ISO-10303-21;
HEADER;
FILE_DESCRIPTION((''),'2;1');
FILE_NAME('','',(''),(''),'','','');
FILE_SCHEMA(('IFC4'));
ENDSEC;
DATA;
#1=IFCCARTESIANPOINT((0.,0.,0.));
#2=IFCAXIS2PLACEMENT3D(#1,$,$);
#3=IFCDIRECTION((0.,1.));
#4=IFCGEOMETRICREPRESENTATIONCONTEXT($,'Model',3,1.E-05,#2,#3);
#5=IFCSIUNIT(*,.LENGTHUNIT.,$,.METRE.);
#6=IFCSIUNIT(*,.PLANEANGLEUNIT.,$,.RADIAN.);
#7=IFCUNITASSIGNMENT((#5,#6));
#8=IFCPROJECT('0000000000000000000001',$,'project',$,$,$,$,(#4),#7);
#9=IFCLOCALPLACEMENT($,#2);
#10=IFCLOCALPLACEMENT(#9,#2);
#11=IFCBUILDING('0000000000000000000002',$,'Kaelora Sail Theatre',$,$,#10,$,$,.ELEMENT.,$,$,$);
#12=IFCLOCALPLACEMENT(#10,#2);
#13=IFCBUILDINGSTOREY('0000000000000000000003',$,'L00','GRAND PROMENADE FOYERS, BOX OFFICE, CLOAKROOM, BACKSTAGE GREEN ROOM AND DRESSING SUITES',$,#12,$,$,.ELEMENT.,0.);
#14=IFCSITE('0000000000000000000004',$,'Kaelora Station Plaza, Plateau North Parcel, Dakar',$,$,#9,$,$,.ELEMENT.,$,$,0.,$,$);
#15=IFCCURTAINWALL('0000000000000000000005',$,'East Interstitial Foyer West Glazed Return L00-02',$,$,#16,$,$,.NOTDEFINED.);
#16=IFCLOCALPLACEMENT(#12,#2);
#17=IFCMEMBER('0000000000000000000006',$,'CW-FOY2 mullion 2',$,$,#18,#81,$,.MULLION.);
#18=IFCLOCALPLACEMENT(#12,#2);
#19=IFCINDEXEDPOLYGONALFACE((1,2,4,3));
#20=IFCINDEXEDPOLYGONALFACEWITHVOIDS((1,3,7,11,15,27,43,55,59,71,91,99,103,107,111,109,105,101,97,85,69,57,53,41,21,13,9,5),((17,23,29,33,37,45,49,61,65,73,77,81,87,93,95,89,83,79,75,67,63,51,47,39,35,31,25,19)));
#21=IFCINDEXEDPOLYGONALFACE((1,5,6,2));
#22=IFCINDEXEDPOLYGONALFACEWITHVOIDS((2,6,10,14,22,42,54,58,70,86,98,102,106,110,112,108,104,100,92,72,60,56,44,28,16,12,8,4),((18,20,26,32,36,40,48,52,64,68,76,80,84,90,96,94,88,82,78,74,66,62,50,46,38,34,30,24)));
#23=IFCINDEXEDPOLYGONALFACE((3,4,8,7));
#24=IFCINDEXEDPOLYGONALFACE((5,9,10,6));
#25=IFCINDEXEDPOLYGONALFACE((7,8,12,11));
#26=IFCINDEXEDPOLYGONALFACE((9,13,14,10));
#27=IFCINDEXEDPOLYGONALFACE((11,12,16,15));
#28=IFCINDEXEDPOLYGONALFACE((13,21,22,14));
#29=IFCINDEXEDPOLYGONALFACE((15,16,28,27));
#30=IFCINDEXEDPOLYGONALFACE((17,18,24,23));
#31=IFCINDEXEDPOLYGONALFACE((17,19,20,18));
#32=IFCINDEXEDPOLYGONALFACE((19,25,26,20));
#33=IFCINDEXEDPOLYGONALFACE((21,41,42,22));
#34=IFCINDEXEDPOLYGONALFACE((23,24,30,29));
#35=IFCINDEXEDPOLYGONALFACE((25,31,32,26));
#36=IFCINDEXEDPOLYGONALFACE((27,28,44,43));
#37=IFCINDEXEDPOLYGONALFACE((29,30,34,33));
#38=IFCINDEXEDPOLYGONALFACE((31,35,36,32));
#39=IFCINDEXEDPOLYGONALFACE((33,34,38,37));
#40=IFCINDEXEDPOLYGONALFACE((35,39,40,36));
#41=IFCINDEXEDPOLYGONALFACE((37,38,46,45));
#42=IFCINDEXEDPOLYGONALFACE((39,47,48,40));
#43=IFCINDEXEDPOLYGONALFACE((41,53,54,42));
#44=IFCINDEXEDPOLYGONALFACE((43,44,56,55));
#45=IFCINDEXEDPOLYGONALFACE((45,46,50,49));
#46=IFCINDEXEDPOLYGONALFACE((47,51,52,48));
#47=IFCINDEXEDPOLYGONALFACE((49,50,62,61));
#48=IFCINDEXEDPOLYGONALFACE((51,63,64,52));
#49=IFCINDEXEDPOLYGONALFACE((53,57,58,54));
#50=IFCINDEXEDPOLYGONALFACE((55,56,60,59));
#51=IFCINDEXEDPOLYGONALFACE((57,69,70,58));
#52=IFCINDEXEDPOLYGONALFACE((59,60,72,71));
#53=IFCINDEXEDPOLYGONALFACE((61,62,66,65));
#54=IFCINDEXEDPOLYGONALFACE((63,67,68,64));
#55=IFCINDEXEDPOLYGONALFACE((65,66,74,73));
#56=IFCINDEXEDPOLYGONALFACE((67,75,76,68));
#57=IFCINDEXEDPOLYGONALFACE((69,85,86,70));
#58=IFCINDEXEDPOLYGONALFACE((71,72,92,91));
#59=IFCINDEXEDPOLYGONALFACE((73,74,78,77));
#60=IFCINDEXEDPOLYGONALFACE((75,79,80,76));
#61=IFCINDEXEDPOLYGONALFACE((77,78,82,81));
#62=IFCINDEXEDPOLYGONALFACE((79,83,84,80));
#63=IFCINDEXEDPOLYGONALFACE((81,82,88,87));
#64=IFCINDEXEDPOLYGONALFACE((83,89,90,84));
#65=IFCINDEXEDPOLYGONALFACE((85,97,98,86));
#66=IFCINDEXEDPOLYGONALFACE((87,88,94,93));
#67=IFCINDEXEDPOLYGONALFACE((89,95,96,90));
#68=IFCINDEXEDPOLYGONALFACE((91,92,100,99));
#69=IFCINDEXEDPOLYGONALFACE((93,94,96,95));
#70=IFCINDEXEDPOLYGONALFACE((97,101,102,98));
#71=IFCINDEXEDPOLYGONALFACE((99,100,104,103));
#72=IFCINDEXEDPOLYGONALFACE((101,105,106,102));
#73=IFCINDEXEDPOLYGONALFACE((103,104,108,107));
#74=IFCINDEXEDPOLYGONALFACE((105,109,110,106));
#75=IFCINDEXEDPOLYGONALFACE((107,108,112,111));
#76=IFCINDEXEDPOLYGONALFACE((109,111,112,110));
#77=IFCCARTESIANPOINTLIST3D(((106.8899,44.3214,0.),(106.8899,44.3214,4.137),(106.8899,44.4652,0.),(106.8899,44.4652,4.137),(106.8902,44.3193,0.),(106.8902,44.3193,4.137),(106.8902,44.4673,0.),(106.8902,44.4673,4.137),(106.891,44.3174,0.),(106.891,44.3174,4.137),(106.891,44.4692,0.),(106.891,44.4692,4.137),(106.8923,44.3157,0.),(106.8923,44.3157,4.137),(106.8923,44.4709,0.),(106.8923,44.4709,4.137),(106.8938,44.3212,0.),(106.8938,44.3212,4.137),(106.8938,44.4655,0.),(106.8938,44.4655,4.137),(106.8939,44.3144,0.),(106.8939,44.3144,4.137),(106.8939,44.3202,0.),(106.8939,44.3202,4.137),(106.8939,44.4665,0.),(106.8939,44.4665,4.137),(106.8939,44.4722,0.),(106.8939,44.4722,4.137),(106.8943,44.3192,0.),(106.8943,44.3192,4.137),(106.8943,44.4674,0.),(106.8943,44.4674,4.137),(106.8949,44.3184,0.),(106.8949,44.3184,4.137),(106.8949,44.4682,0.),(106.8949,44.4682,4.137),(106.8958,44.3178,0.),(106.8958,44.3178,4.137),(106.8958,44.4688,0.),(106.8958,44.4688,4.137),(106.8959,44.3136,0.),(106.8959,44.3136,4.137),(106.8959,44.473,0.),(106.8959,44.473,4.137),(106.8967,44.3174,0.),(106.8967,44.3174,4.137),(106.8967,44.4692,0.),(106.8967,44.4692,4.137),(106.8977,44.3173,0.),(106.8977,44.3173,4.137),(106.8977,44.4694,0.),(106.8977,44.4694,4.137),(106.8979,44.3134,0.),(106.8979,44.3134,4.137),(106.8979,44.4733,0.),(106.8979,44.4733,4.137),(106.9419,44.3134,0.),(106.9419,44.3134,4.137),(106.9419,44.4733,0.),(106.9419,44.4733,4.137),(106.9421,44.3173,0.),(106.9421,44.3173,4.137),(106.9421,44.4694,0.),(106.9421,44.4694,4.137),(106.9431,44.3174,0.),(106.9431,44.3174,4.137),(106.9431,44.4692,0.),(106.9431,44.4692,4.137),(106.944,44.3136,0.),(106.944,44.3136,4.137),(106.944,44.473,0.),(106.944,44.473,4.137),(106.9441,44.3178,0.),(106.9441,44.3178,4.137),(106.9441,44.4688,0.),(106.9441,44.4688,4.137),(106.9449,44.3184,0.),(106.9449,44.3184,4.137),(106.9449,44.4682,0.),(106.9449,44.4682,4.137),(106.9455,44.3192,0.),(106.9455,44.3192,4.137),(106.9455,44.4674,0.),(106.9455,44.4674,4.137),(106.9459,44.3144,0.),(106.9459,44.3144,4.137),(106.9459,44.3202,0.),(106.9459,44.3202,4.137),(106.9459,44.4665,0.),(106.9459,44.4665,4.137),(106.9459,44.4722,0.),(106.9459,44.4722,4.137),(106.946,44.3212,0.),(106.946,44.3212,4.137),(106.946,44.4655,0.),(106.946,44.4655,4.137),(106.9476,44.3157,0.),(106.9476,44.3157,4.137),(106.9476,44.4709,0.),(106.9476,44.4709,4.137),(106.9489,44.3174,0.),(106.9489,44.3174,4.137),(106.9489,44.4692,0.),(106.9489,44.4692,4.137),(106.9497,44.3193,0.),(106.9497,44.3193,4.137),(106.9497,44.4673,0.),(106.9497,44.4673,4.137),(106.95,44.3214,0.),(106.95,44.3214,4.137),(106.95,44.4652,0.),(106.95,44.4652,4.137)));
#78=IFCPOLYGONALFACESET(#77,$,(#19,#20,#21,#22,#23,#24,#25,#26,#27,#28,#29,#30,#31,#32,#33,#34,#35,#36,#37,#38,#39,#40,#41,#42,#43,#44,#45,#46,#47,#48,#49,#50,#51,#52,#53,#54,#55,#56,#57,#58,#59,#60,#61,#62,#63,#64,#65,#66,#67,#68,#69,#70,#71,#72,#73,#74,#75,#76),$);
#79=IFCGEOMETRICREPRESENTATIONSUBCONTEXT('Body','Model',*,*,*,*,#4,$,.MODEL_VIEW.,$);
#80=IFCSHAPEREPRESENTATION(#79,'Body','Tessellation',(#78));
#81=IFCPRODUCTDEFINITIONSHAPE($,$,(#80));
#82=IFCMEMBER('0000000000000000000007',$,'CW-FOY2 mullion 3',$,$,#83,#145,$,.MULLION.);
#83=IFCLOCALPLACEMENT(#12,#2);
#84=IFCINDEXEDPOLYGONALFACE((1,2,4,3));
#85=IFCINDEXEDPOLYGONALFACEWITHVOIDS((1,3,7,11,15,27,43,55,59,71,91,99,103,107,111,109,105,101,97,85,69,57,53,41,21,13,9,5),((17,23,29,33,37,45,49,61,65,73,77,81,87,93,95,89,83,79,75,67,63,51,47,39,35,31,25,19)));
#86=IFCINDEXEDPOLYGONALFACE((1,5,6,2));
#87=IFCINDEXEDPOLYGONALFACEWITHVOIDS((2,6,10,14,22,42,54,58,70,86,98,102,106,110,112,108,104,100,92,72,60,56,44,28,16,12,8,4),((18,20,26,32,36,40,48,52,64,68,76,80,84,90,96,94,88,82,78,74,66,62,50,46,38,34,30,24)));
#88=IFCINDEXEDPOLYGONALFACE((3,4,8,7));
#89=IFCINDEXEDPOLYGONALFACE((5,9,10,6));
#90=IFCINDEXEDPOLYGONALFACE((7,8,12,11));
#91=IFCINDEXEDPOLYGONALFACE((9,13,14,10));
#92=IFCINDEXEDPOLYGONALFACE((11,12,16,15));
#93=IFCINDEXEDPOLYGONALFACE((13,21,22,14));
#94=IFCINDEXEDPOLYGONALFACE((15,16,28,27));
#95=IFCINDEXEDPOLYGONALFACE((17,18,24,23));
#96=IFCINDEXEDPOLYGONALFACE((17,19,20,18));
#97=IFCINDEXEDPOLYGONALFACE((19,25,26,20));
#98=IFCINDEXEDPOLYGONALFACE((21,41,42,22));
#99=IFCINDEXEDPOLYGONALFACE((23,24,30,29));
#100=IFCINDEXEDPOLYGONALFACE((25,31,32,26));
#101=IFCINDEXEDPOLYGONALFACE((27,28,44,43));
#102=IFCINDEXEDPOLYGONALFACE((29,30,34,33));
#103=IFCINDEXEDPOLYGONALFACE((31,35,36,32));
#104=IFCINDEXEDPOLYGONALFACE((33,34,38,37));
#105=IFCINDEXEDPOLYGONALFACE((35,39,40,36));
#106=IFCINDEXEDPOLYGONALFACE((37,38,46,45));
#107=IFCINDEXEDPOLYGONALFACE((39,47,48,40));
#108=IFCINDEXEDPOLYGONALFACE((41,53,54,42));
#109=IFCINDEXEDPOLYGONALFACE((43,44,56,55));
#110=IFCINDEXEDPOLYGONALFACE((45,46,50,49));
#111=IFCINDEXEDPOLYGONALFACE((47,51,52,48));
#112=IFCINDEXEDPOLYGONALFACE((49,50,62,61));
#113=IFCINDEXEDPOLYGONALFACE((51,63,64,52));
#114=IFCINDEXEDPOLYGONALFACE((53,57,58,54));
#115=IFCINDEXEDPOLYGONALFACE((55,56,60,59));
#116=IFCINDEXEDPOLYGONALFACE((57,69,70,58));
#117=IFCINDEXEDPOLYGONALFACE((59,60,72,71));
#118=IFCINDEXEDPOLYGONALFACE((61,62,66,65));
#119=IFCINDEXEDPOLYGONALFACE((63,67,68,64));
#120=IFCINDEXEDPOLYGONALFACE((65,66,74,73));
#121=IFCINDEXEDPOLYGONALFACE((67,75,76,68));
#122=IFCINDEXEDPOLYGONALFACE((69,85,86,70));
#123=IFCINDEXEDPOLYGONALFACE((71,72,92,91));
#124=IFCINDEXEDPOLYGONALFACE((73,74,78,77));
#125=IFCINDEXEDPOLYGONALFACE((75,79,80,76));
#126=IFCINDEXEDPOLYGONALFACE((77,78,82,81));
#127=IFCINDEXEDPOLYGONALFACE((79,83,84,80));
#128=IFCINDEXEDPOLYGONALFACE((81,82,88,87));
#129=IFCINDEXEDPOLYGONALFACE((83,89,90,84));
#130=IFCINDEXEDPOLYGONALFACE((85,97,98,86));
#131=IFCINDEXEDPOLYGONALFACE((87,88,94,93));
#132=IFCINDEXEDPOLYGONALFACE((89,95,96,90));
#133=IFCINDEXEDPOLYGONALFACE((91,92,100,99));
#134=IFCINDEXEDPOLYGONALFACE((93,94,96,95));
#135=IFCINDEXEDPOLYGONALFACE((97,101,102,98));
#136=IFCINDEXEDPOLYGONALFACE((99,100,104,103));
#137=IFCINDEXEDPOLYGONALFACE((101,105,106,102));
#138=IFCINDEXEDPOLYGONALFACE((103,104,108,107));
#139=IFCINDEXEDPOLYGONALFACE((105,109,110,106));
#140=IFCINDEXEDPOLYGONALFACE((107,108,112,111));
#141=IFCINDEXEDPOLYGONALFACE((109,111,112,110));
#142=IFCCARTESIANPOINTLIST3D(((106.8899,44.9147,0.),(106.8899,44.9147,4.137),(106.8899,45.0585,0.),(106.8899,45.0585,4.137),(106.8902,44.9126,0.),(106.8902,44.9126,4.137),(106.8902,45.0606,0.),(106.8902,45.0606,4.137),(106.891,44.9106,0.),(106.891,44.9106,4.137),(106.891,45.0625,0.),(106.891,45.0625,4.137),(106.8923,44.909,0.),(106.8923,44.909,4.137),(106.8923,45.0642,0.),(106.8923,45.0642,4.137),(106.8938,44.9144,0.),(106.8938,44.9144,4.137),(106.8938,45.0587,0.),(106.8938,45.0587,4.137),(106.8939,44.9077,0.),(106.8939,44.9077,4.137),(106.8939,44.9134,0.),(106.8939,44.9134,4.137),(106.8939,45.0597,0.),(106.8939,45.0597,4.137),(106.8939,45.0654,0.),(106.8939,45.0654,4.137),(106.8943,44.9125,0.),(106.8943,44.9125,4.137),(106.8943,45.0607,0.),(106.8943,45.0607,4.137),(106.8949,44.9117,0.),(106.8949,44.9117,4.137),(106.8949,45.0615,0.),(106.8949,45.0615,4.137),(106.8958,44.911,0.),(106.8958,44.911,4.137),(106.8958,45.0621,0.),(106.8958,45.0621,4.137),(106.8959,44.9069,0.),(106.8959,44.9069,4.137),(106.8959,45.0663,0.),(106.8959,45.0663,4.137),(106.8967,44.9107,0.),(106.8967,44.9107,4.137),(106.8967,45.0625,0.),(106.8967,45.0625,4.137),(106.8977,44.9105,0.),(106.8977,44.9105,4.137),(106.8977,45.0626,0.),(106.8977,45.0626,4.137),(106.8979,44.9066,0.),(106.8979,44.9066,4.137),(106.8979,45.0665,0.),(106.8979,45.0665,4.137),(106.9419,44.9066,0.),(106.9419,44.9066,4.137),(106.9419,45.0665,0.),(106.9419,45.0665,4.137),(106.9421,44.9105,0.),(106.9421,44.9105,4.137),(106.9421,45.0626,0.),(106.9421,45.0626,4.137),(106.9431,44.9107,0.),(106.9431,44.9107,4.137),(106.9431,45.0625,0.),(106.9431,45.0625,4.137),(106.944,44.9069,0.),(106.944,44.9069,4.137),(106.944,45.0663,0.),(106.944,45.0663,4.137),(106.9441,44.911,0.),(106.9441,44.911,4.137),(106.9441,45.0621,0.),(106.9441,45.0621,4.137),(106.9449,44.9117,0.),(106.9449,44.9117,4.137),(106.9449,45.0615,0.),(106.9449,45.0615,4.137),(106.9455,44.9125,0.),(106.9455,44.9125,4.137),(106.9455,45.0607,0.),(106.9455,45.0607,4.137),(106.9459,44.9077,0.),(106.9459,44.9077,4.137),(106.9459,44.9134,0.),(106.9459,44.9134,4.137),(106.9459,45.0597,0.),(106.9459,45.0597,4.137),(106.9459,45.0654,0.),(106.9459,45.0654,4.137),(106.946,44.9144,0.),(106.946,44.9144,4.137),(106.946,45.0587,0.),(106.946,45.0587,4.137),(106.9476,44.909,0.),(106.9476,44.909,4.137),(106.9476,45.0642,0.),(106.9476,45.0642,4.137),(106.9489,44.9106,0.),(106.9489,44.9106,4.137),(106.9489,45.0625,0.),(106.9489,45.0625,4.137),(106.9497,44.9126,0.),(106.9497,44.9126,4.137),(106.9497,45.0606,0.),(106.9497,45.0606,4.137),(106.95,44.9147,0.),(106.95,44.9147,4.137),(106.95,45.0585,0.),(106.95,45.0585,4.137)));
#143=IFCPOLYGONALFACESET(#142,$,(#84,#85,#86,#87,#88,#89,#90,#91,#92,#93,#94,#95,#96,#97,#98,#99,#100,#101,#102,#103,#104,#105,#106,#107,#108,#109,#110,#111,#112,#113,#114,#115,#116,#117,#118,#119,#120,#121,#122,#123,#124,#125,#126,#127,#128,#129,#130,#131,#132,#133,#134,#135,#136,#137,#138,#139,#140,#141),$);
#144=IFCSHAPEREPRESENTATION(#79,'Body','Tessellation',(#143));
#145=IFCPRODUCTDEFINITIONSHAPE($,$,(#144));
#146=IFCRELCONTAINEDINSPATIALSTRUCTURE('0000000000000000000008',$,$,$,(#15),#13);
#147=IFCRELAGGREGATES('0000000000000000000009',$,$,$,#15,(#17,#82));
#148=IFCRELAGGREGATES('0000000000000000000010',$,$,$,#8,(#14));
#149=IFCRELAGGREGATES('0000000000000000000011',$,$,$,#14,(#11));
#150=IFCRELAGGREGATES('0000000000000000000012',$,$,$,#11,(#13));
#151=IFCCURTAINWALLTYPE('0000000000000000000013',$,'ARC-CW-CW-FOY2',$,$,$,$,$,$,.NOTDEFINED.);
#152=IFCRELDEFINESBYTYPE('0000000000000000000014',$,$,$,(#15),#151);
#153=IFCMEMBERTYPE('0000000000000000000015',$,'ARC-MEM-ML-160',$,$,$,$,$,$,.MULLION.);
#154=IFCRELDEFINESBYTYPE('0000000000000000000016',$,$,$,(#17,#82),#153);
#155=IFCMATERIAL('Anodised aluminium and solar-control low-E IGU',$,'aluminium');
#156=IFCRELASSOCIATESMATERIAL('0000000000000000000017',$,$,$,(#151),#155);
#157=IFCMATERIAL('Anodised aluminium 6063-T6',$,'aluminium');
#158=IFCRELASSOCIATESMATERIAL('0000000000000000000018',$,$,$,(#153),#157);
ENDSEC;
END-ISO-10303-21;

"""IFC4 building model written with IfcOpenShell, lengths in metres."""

from ifc_helpers import new_model, si_unit, direction, frame, origin, origin_2d, place, context, subcontext, project, spatial, hollow_rectangle, extrude, material, material_profile, profile_set, type_object, element, aggregate, save


model = new_model("IFC4")

# Units and contexts
model_context = context("Model", 3, precision=1e-05, world=origin(), true_north=direction((0.0, 1.0)))
body_context = subcontext(model_context, "Body", "Model", "MODEL_VIEW")
ifc_project = project(units=[si_unit("LENGTHUNIT", "METRE"), si_unit("PLANEANGLEUNIT", "RADIAN")], contexts=[model_context])

# Site, building, storey
site_placement = place(None, origin())
site = spatial("IfcSite", under=ifc_project, at=site_placement, Name="Kaelora Station Plaza, Plateau North Parcel, Dakar", CompositionType="ELEMENT", RefElevation=0.0)
building_placement = place(site_placement, origin())
building = spatial("IfcBuilding", under=site, at=building_placement, Name="Kaelora Sail Theatre", CompositionType="ELEMENT")
storey_placement = place(building_placement, origin())
storey = spatial("IfcBuildingStorey", under=building, at=storey_placement, Name="L00", Description="GRAND PROMENADE FOYERS, BOX OFFICE, CLOAKROOM, BACKSTAGE GREEN ROOM AND DRESSING SUITES", CompositionType="ELEMENT", Elevation=0.0)

# Shared definitions
ifc_material_1 = material(Name="Anodised aluminium and solar-control low-E IGU", Category="aluminium")
curtain_wall_type = type_object("IfcCurtainWallType", Name="ARC-CW-CW-FOY2", PredefinedType="NOTDEFINED", material=ifc_material_1)
ifc_material_2 = material(Name="Anodised aluminium 6063-T6", Category="aluminium")
ifc_material_profile_1 = material_profile(ifc_material_2, hollow_rectangle(XDim=0.0601, YDim=0.1599, WallThickness=0.0039, InnerFilletRadius=0.0039, OuterFilletRadius=0.0081, at=origin_2d()), Name="ALU-MULL 60x160x4")
ifc_profile_set_1 = profile_set([ifc_material_profile_1], Name="Anodised aluminium 6063-T6")
member_type_1 = type_object("IfcMemberType", Name="ARC-MEM-ML-160", PredefinedType="MULLION", material=ifc_profile_set_1)

# Curtain wall, members
curtain_wall_1_placement = place(storey_placement, origin())
curtain_wall_1 = element("IfcCurtainWall", 1, at=curtain_wall_1_placement, inside=storey, type_object=curtain_wall_type, Name="East Interstitial Foyer West Glazed Return L00-02", PredefinedType="NOTDEFINED")
member_1_placement = place(storey_placement, frame((106.9199, 44.3933, 0.0), z_axis=(0.0, 0.0, 1.0), x_axis=(-1.0, 0.0, 0.0)))
member_1 = element("IfcMember", 2, at=member_1_placement, type_object=member_type_1, Name="CW-FOY2 mullion 2", PredefinedType="MULLION", context=body_context, shape_type="SweptSolid", body=[
    extrude(hollow_rectangle(XDim=0.0601, YDim=0.1599, WallThickness=0.0039, InnerFilletRadius=0.0039, OuterFilletRadius=0.0081, at=origin_2d()), origin(), (0.0, 0.0, 1.0), 4.137),
])
member_2_placement = place(storey_placement, frame((106.9199, 44.9866, 0.0), z_axis=(0.0, 0.0, 1.0), x_axis=(-1.0, 0.0, 0.0)))
member_2 = element("IfcMember", 3, at=member_2_placement, type_object=member_type_1, Name="CW-FOY2 mullion 3", PredefinedType="MULLION", context=body_context, shape_type="SweptSolid", body=[
    extrude(hollow_rectangle(XDim=0.0601, YDim=0.1599, WallThickness=0.0039, InnerFilletRadius=0.0039, OuterFilletRadius=0.0081, at=origin_2d()), origin(), (0.0, 0.0, 1.0), 4.137),
])

aggregate(curtain_wall_1, [member_1, member_2])

save(model, "model.ifc")
